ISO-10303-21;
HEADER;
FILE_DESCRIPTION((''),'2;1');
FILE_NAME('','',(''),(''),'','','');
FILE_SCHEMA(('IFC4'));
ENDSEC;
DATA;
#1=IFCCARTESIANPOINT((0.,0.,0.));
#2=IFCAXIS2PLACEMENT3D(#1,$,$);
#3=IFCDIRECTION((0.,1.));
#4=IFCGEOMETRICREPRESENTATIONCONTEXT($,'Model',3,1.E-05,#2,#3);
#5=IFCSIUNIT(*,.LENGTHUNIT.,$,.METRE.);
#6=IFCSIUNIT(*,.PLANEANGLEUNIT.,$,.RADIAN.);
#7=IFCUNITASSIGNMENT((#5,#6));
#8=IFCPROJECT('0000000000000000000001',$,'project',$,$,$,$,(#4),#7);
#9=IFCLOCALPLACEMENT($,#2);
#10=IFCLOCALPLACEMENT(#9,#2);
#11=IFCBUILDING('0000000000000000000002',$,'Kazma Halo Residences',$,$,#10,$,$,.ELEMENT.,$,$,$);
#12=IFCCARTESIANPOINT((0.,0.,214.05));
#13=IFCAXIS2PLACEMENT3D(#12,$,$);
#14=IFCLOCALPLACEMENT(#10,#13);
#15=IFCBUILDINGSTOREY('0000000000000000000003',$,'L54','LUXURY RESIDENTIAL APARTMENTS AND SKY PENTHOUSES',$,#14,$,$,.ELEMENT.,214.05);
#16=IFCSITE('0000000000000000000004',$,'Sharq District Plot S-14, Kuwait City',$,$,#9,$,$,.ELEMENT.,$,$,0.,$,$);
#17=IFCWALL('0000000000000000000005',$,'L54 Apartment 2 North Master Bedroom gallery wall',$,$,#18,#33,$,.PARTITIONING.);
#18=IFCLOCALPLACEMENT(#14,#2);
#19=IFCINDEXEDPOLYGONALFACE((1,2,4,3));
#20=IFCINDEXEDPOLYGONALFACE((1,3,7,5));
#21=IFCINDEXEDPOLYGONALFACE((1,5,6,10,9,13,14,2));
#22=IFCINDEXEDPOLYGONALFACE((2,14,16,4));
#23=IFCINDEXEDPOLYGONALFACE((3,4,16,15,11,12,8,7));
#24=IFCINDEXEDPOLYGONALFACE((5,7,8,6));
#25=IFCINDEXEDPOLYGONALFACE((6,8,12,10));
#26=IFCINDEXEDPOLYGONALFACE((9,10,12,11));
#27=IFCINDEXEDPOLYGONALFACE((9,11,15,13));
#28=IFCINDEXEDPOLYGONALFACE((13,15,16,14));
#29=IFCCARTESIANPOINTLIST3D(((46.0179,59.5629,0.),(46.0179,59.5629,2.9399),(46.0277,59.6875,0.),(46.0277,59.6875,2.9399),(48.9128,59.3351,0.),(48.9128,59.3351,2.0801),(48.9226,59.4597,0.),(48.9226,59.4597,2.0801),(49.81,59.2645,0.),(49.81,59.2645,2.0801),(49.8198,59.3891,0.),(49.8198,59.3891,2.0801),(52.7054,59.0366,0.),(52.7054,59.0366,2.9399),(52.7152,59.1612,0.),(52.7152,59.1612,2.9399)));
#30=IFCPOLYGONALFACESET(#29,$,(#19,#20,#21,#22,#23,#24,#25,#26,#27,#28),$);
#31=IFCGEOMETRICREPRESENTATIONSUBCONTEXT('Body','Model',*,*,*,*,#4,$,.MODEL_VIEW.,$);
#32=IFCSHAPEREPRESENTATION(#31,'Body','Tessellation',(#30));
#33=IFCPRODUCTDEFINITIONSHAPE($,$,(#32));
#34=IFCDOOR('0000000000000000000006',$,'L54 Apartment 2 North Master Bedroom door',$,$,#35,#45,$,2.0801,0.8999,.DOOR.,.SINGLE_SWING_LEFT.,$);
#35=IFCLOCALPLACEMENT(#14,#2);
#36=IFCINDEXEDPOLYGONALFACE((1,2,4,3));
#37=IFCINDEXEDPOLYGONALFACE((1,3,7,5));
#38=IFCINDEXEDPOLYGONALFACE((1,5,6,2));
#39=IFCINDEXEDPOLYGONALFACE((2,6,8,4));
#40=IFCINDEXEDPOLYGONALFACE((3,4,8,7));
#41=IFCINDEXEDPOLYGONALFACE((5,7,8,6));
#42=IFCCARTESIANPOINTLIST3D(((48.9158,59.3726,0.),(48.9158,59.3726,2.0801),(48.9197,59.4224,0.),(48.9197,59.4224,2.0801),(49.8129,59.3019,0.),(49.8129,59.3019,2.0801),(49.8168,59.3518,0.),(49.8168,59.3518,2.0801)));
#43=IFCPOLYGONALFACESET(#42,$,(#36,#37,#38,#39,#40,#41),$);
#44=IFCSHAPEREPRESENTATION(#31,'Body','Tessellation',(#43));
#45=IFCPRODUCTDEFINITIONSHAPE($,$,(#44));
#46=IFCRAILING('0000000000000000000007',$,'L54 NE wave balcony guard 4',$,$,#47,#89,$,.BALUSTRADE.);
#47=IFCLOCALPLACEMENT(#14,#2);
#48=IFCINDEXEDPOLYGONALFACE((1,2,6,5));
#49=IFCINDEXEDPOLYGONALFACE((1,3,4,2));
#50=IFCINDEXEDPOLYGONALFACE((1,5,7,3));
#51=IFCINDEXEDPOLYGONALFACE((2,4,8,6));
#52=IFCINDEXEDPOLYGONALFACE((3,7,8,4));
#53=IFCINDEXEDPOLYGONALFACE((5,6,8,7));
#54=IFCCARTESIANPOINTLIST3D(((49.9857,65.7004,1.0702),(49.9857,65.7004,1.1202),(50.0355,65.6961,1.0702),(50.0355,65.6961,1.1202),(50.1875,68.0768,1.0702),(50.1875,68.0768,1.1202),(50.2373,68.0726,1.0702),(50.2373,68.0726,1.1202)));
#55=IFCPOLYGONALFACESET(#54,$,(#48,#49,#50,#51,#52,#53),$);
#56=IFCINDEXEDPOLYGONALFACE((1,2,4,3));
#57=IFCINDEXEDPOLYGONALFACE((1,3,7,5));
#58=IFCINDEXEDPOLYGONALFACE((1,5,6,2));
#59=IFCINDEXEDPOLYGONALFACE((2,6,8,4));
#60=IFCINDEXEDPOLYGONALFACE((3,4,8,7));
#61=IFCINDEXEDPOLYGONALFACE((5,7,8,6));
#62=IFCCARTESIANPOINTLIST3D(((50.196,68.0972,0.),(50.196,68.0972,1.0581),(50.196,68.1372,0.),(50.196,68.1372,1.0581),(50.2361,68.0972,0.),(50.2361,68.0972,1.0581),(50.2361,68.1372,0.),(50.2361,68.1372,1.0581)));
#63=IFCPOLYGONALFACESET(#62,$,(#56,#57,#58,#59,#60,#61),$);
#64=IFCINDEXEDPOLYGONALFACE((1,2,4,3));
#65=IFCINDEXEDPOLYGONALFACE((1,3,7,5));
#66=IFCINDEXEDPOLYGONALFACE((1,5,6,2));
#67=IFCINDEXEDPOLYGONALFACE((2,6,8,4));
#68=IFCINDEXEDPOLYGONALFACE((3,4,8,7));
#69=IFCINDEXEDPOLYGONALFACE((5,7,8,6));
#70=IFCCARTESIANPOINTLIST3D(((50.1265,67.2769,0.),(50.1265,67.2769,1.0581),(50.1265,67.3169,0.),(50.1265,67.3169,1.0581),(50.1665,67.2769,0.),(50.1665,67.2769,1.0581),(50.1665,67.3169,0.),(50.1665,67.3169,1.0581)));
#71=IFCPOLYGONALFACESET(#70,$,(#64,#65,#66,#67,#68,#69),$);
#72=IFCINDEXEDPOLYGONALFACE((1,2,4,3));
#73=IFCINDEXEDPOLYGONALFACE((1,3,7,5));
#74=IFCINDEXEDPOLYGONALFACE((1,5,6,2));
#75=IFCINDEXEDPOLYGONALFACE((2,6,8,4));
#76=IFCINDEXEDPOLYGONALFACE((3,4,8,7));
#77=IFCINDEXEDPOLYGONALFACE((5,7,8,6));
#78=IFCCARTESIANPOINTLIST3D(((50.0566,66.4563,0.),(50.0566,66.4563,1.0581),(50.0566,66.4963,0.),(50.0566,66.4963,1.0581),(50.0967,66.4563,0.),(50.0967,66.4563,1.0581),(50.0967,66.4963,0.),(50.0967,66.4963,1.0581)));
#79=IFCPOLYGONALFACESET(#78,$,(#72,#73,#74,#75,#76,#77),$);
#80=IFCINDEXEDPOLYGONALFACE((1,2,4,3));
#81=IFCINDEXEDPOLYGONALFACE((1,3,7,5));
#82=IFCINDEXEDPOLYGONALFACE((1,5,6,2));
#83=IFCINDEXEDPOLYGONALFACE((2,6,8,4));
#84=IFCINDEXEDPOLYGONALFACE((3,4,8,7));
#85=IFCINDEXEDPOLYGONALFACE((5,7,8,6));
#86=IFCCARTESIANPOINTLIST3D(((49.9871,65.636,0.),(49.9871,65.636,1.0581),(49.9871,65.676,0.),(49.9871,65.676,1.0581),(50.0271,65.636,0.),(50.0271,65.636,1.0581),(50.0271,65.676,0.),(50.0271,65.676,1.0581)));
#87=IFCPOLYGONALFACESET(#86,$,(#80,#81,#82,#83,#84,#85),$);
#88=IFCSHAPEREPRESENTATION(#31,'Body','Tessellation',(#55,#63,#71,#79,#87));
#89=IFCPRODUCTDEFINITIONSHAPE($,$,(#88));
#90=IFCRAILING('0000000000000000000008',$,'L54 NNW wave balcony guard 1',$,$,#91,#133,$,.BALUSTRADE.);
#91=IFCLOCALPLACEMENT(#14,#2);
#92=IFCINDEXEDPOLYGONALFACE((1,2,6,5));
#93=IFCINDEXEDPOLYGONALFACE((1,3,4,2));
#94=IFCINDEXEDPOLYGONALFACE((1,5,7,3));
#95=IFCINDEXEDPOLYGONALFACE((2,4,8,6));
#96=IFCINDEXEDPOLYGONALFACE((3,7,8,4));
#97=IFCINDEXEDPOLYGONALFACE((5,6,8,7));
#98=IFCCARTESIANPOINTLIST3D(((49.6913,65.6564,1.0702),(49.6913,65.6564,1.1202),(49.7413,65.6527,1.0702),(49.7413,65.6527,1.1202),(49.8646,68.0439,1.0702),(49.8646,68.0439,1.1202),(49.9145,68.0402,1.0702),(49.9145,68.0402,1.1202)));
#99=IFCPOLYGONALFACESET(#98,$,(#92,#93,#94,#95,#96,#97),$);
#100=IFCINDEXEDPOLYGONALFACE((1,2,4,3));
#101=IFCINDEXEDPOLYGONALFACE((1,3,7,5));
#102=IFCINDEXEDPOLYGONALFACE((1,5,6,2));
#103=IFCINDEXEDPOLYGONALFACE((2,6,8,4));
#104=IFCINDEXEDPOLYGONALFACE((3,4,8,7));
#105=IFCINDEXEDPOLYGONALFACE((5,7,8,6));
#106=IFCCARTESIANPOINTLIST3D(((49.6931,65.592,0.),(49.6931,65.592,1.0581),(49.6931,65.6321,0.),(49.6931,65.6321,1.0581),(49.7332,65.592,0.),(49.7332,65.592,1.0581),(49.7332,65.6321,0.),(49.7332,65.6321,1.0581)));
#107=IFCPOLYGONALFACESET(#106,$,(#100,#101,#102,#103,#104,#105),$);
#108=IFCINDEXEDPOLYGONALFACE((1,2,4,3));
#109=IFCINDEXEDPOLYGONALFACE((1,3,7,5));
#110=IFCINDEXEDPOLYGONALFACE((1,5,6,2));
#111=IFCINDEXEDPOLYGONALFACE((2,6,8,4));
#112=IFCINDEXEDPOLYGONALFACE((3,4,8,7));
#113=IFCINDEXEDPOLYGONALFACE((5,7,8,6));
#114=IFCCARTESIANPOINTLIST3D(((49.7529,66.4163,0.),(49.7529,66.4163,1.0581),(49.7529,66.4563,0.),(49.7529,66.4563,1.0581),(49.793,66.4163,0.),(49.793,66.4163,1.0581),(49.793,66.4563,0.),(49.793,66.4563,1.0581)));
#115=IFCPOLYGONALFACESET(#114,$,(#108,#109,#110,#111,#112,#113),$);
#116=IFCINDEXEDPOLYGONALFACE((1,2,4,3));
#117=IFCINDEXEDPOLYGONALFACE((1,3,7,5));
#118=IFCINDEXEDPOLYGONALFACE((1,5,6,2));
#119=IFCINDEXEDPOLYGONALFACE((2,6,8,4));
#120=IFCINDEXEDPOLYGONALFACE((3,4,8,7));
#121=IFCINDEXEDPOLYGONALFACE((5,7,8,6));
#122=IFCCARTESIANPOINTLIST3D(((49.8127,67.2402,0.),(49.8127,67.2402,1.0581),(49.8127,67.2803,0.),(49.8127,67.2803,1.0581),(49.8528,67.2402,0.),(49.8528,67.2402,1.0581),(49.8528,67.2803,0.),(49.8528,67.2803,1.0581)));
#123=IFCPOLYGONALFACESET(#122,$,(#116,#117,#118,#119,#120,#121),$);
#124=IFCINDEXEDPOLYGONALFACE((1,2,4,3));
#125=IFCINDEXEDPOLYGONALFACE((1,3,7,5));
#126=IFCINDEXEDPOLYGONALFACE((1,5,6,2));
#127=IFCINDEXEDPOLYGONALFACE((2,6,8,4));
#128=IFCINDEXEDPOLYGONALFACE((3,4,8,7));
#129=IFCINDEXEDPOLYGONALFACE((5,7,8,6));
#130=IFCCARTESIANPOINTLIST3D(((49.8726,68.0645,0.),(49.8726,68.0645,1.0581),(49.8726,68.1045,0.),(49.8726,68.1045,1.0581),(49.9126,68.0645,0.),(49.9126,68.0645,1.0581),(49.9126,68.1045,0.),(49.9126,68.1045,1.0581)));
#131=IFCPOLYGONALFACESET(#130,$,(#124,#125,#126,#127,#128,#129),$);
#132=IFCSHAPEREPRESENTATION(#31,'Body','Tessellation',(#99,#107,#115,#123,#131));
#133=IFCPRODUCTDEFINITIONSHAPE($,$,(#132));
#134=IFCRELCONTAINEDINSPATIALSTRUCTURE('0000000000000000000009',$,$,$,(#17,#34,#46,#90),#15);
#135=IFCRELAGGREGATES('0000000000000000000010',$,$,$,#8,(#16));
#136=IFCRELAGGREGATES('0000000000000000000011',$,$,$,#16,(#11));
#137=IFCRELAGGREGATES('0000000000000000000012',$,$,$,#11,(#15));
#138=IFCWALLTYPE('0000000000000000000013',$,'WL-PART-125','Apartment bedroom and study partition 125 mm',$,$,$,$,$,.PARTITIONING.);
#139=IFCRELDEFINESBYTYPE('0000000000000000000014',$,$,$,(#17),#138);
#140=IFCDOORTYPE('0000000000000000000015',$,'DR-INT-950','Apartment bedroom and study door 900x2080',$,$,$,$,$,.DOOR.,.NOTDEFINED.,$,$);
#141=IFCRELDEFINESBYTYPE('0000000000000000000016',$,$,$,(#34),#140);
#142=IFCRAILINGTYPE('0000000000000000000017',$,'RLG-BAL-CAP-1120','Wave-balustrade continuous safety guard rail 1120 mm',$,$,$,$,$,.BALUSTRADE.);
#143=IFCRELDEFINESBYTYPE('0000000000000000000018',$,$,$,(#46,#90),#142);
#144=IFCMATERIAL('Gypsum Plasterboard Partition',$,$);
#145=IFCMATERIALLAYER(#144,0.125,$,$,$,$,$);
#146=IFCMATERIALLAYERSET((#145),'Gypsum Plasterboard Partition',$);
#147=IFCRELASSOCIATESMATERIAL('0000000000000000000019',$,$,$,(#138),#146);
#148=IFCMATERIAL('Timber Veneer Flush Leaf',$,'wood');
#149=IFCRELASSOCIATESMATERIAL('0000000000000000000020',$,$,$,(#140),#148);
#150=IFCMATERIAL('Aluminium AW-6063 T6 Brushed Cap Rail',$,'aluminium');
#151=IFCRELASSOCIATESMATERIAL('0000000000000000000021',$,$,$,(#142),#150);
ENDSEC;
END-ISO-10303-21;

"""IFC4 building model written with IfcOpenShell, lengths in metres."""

from ifc_helpers import new_model, si_unit, direction, frame, frame_2d, origin, origin_2d, place, context, subcontext, project, spatial, rectangle, extrude, material, layer, layer_set, type_object, element, fill, save


model = new_model("IFC4")

# Units and contexts
model_context = context("Model", 3, precision=1e-05, world=origin(), true_north=direction((0.0, 1.0)))
body_context = subcontext(model_context, "Body", "Model", "MODEL_VIEW")
ifc_project = project(units=[si_unit("LENGTHUNIT", "METRE"), si_unit("PLANEANGLEUNIT", "RADIAN")], contexts=[model_context])

# Site, building, storey
site_placement = place(None, origin())
site = spatial("IfcSite", under=ifc_project, at=site_placement, Name="Sharq District Plot S-14, Kuwait City", CompositionType="ELEMENT", RefElevation=0.0)
building_placement = place(site_placement, origin())
building = spatial("IfcBuilding", under=site, at=building_placement, Name="Kazma Halo Residences", CompositionType="ELEMENT")
storey_placement = place(building_placement, frame((0.0, 0.0, 214.05)))
storey = spatial("IfcBuildingStorey", under=building, at=storey_placement, Name="L54", Description="LUXURY RESIDENTIAL APARTMENTS AND SKY PENTHOUSES", CompositionType="ELEMENT", Elevation=214.05)

# Shared definitions
ifc_material_1 = material(Name="Gypsum Plasterboard Partition")
ifc_layer_1 = layer(ifc_material_1, 0.125)
ifc_layer_set_1 = layer_set([ifc_layer_1], Name="Gypsum Plasterboard Partition")
wall_type_1 = type_object("IfcWallType", Name="WL-PART-125", Description="Apartment bedroom and study partition 125 mm", PredefinedType="PARTITIONING", material=ifc_layer_set_1)

# Wall, opening, door
wall_1_placement = place(storey_placement, frame((52.7102, 59.0989, 0.0), z_axis=(0.0, 0.0, 1.0), x_axis=(-0.996917, 0.078466, 0.0)))
wall_1 = element("IfcWall", 1, at=wall_1_placement, inside=storey, type_object=wall_type_1, Name="L54 Apartment 2 North Master Bedroom gallery wall", PredefinedType="PARTITIONING", context=body_context, shape_type="SweptSolid", body=[
    extrude(rectangle(XDim=6.7083, YDim=0.125, at=frame_2d((3.354, 0.0))), origin(), (0.0, 0.0, 1.0), 2.9399),
])
opening_1_placement = place(wall_1_placement, frame((2.9043, 0.0, 0.0)))
opening_1 = element("IfcOpeningElement", 2, at=opening_1_placement, cuts=wall_1, PredefinedType="OPENING", context=body_context, shape_type="SweptSolid", body=[
    extrude(rectangle(XDim=0.8999, YDim=2.0801, at=frame_2d((0.45, 1.04))), frame((0.0, 0.0725, 0.0), z_axis=(0.0, -1.0, 0.0), x_axis=(1.0, 0.0, 0.0)), (0.0, 0.0, 1.0), 0.145),
])
ifc_material_2 = material(Name="Timber Veneer Flush Leaf", Category="wood")
door_type_1 = type_object("IfcDoorType", Name="DR-INT-950", Description="Apartment bedroom and study door 900x2080", OperationType="NOTDEFINED", PredefinedType="DOOR", material=ifc_material_2)
door_1_placement = place(opening_1_placement, origin())
door_1 = element("IfcDoor", 3, at=door_1_placement, inside=storey, type_object=door_type_1, Name="L54 Apartment 2 North Master Bedroom door", OperationType="SINGLE_SWING_LEFT", OverallHeight=2.0801, OverallWidth=0.8999, PredefinedType="DOOR", context=body_context, shape_type="SweptSolid", body=[
    extrude(rectangle(XDim=0.8999, YDim=2.0801, at=frame_2d((0.45, 1.04))), frame((0.0, 0.0249, 0.0), z_axis=(0.0, -1.0, 0.0), x_axis=(1.0, 0.0, 0.0)), (0.0, 0.0, 1.0), 0.05),
])
fill(opening_1, door_1)

# Railings
ifc_material_3 = material(Name="Aluminium AW-6063 T6 Brushed Cap Rail", Category="aluminium")
railing_type = type_object("IfcRailingType", Name="RLG-BAL-CAP-1120", Description="Wave-balustrade continuous safety guard rail 1120 mm", PredefinedType="BALUSTRADE", material=ifc_material_3)
railing_1_placement = place(storey_placement, frame((50.2161, 68.1172, 0.0)))
element("IfcRailing", 4, at=railing_1_placement, inside=storey, type_object=railing_type, Name="L54 NE wave balcony guard 4", PredefinedType="BALUSTRADE", context=body_context, shape_type="SweptSolid", body=[
    extrude(rectangle(XDim=0.05, YDim=0.05, at=origin_2d()), frame((-0.0037, -0.0425, 1.0952), z_axis=(-0.084608, -0.996414, 0.0), x_axis=(0.996414, -0.084608, 0.0)), (0.0, 0.0, 1.0), 2.385),
    extrude(rectangle(XDim=0.04, YDim=0.04, at=origin_2d()), origin(), (0.0, 0.0, 1.0), 1.0581),
    extrude(rectangle(XDim=0.04, YDim=0.04, at=origin_2d()), frame((-0.0696, -0.8203, 0.0)), (0.0, 0.0, 1.0), 1.0581),
    extrude(rectangle(XDim=0.04, YDim=0.04, at=origin_2d()), frame((-0.1394, -1.6409, 0.0)), (0.0, 0.0, 1.0), 1.0581),
    extrude(rectangle(XDim=0.04, YDim=0.04, at=origin_2d()), frame((-0.209, -2.4612, 0.0)), (0.0, 0.0, 1.0), 1.0581),
])
railing_2_placement = place(storey_placement, frame((49.7131, 65.6121, 0.0)))
element("IfcRailing", 5, at=railing_2_placement, inside=storey, type_object=railing_type, Name="L54 NNW wave balcony guard 1", PredefinedType="BALUSTRADE", context=body_context, shape_type="SweptSolid", body=[
    extrude(rectangle(XDim=0.05, YDim=0.05, at=origin_2d()), frame((0.0032, 0.0425, 1.0952), z_axis=(0.072388, 0.997377, 0.0), x_axis=(-0.997377, 0.072388, 0.0)), (0.0, 0.0, 1.0), 2.3938),
    extrude(rectangle(XDim=0.04, YDim=0.04, at=origin_2d()), origin(), (0.0, 0.0, 1.0), 1.0581),
    extrude(rectangle(XDim=0.04, YDim=0.04, at=origin_2d()), frame((0.0598, 0.8242, 0.0)), (0.0, 0.0, 1.0), 1.0581),
    extrude(rectangle(XDim=0.04, YDim=0.04, at=origin_2d()), frame((0.1196, 1.6482, 0.0)), (0.0, 0.0, 1.0), 1.0581),
    extrude(rectangle(XDim=0.04, YDim=0.04, at=origin_2d()), frame((0.1794, 2.4724, 0.0)), (0.0, 0.0, 1.0), 1.0581),
])

save(model, "model.ifc")
